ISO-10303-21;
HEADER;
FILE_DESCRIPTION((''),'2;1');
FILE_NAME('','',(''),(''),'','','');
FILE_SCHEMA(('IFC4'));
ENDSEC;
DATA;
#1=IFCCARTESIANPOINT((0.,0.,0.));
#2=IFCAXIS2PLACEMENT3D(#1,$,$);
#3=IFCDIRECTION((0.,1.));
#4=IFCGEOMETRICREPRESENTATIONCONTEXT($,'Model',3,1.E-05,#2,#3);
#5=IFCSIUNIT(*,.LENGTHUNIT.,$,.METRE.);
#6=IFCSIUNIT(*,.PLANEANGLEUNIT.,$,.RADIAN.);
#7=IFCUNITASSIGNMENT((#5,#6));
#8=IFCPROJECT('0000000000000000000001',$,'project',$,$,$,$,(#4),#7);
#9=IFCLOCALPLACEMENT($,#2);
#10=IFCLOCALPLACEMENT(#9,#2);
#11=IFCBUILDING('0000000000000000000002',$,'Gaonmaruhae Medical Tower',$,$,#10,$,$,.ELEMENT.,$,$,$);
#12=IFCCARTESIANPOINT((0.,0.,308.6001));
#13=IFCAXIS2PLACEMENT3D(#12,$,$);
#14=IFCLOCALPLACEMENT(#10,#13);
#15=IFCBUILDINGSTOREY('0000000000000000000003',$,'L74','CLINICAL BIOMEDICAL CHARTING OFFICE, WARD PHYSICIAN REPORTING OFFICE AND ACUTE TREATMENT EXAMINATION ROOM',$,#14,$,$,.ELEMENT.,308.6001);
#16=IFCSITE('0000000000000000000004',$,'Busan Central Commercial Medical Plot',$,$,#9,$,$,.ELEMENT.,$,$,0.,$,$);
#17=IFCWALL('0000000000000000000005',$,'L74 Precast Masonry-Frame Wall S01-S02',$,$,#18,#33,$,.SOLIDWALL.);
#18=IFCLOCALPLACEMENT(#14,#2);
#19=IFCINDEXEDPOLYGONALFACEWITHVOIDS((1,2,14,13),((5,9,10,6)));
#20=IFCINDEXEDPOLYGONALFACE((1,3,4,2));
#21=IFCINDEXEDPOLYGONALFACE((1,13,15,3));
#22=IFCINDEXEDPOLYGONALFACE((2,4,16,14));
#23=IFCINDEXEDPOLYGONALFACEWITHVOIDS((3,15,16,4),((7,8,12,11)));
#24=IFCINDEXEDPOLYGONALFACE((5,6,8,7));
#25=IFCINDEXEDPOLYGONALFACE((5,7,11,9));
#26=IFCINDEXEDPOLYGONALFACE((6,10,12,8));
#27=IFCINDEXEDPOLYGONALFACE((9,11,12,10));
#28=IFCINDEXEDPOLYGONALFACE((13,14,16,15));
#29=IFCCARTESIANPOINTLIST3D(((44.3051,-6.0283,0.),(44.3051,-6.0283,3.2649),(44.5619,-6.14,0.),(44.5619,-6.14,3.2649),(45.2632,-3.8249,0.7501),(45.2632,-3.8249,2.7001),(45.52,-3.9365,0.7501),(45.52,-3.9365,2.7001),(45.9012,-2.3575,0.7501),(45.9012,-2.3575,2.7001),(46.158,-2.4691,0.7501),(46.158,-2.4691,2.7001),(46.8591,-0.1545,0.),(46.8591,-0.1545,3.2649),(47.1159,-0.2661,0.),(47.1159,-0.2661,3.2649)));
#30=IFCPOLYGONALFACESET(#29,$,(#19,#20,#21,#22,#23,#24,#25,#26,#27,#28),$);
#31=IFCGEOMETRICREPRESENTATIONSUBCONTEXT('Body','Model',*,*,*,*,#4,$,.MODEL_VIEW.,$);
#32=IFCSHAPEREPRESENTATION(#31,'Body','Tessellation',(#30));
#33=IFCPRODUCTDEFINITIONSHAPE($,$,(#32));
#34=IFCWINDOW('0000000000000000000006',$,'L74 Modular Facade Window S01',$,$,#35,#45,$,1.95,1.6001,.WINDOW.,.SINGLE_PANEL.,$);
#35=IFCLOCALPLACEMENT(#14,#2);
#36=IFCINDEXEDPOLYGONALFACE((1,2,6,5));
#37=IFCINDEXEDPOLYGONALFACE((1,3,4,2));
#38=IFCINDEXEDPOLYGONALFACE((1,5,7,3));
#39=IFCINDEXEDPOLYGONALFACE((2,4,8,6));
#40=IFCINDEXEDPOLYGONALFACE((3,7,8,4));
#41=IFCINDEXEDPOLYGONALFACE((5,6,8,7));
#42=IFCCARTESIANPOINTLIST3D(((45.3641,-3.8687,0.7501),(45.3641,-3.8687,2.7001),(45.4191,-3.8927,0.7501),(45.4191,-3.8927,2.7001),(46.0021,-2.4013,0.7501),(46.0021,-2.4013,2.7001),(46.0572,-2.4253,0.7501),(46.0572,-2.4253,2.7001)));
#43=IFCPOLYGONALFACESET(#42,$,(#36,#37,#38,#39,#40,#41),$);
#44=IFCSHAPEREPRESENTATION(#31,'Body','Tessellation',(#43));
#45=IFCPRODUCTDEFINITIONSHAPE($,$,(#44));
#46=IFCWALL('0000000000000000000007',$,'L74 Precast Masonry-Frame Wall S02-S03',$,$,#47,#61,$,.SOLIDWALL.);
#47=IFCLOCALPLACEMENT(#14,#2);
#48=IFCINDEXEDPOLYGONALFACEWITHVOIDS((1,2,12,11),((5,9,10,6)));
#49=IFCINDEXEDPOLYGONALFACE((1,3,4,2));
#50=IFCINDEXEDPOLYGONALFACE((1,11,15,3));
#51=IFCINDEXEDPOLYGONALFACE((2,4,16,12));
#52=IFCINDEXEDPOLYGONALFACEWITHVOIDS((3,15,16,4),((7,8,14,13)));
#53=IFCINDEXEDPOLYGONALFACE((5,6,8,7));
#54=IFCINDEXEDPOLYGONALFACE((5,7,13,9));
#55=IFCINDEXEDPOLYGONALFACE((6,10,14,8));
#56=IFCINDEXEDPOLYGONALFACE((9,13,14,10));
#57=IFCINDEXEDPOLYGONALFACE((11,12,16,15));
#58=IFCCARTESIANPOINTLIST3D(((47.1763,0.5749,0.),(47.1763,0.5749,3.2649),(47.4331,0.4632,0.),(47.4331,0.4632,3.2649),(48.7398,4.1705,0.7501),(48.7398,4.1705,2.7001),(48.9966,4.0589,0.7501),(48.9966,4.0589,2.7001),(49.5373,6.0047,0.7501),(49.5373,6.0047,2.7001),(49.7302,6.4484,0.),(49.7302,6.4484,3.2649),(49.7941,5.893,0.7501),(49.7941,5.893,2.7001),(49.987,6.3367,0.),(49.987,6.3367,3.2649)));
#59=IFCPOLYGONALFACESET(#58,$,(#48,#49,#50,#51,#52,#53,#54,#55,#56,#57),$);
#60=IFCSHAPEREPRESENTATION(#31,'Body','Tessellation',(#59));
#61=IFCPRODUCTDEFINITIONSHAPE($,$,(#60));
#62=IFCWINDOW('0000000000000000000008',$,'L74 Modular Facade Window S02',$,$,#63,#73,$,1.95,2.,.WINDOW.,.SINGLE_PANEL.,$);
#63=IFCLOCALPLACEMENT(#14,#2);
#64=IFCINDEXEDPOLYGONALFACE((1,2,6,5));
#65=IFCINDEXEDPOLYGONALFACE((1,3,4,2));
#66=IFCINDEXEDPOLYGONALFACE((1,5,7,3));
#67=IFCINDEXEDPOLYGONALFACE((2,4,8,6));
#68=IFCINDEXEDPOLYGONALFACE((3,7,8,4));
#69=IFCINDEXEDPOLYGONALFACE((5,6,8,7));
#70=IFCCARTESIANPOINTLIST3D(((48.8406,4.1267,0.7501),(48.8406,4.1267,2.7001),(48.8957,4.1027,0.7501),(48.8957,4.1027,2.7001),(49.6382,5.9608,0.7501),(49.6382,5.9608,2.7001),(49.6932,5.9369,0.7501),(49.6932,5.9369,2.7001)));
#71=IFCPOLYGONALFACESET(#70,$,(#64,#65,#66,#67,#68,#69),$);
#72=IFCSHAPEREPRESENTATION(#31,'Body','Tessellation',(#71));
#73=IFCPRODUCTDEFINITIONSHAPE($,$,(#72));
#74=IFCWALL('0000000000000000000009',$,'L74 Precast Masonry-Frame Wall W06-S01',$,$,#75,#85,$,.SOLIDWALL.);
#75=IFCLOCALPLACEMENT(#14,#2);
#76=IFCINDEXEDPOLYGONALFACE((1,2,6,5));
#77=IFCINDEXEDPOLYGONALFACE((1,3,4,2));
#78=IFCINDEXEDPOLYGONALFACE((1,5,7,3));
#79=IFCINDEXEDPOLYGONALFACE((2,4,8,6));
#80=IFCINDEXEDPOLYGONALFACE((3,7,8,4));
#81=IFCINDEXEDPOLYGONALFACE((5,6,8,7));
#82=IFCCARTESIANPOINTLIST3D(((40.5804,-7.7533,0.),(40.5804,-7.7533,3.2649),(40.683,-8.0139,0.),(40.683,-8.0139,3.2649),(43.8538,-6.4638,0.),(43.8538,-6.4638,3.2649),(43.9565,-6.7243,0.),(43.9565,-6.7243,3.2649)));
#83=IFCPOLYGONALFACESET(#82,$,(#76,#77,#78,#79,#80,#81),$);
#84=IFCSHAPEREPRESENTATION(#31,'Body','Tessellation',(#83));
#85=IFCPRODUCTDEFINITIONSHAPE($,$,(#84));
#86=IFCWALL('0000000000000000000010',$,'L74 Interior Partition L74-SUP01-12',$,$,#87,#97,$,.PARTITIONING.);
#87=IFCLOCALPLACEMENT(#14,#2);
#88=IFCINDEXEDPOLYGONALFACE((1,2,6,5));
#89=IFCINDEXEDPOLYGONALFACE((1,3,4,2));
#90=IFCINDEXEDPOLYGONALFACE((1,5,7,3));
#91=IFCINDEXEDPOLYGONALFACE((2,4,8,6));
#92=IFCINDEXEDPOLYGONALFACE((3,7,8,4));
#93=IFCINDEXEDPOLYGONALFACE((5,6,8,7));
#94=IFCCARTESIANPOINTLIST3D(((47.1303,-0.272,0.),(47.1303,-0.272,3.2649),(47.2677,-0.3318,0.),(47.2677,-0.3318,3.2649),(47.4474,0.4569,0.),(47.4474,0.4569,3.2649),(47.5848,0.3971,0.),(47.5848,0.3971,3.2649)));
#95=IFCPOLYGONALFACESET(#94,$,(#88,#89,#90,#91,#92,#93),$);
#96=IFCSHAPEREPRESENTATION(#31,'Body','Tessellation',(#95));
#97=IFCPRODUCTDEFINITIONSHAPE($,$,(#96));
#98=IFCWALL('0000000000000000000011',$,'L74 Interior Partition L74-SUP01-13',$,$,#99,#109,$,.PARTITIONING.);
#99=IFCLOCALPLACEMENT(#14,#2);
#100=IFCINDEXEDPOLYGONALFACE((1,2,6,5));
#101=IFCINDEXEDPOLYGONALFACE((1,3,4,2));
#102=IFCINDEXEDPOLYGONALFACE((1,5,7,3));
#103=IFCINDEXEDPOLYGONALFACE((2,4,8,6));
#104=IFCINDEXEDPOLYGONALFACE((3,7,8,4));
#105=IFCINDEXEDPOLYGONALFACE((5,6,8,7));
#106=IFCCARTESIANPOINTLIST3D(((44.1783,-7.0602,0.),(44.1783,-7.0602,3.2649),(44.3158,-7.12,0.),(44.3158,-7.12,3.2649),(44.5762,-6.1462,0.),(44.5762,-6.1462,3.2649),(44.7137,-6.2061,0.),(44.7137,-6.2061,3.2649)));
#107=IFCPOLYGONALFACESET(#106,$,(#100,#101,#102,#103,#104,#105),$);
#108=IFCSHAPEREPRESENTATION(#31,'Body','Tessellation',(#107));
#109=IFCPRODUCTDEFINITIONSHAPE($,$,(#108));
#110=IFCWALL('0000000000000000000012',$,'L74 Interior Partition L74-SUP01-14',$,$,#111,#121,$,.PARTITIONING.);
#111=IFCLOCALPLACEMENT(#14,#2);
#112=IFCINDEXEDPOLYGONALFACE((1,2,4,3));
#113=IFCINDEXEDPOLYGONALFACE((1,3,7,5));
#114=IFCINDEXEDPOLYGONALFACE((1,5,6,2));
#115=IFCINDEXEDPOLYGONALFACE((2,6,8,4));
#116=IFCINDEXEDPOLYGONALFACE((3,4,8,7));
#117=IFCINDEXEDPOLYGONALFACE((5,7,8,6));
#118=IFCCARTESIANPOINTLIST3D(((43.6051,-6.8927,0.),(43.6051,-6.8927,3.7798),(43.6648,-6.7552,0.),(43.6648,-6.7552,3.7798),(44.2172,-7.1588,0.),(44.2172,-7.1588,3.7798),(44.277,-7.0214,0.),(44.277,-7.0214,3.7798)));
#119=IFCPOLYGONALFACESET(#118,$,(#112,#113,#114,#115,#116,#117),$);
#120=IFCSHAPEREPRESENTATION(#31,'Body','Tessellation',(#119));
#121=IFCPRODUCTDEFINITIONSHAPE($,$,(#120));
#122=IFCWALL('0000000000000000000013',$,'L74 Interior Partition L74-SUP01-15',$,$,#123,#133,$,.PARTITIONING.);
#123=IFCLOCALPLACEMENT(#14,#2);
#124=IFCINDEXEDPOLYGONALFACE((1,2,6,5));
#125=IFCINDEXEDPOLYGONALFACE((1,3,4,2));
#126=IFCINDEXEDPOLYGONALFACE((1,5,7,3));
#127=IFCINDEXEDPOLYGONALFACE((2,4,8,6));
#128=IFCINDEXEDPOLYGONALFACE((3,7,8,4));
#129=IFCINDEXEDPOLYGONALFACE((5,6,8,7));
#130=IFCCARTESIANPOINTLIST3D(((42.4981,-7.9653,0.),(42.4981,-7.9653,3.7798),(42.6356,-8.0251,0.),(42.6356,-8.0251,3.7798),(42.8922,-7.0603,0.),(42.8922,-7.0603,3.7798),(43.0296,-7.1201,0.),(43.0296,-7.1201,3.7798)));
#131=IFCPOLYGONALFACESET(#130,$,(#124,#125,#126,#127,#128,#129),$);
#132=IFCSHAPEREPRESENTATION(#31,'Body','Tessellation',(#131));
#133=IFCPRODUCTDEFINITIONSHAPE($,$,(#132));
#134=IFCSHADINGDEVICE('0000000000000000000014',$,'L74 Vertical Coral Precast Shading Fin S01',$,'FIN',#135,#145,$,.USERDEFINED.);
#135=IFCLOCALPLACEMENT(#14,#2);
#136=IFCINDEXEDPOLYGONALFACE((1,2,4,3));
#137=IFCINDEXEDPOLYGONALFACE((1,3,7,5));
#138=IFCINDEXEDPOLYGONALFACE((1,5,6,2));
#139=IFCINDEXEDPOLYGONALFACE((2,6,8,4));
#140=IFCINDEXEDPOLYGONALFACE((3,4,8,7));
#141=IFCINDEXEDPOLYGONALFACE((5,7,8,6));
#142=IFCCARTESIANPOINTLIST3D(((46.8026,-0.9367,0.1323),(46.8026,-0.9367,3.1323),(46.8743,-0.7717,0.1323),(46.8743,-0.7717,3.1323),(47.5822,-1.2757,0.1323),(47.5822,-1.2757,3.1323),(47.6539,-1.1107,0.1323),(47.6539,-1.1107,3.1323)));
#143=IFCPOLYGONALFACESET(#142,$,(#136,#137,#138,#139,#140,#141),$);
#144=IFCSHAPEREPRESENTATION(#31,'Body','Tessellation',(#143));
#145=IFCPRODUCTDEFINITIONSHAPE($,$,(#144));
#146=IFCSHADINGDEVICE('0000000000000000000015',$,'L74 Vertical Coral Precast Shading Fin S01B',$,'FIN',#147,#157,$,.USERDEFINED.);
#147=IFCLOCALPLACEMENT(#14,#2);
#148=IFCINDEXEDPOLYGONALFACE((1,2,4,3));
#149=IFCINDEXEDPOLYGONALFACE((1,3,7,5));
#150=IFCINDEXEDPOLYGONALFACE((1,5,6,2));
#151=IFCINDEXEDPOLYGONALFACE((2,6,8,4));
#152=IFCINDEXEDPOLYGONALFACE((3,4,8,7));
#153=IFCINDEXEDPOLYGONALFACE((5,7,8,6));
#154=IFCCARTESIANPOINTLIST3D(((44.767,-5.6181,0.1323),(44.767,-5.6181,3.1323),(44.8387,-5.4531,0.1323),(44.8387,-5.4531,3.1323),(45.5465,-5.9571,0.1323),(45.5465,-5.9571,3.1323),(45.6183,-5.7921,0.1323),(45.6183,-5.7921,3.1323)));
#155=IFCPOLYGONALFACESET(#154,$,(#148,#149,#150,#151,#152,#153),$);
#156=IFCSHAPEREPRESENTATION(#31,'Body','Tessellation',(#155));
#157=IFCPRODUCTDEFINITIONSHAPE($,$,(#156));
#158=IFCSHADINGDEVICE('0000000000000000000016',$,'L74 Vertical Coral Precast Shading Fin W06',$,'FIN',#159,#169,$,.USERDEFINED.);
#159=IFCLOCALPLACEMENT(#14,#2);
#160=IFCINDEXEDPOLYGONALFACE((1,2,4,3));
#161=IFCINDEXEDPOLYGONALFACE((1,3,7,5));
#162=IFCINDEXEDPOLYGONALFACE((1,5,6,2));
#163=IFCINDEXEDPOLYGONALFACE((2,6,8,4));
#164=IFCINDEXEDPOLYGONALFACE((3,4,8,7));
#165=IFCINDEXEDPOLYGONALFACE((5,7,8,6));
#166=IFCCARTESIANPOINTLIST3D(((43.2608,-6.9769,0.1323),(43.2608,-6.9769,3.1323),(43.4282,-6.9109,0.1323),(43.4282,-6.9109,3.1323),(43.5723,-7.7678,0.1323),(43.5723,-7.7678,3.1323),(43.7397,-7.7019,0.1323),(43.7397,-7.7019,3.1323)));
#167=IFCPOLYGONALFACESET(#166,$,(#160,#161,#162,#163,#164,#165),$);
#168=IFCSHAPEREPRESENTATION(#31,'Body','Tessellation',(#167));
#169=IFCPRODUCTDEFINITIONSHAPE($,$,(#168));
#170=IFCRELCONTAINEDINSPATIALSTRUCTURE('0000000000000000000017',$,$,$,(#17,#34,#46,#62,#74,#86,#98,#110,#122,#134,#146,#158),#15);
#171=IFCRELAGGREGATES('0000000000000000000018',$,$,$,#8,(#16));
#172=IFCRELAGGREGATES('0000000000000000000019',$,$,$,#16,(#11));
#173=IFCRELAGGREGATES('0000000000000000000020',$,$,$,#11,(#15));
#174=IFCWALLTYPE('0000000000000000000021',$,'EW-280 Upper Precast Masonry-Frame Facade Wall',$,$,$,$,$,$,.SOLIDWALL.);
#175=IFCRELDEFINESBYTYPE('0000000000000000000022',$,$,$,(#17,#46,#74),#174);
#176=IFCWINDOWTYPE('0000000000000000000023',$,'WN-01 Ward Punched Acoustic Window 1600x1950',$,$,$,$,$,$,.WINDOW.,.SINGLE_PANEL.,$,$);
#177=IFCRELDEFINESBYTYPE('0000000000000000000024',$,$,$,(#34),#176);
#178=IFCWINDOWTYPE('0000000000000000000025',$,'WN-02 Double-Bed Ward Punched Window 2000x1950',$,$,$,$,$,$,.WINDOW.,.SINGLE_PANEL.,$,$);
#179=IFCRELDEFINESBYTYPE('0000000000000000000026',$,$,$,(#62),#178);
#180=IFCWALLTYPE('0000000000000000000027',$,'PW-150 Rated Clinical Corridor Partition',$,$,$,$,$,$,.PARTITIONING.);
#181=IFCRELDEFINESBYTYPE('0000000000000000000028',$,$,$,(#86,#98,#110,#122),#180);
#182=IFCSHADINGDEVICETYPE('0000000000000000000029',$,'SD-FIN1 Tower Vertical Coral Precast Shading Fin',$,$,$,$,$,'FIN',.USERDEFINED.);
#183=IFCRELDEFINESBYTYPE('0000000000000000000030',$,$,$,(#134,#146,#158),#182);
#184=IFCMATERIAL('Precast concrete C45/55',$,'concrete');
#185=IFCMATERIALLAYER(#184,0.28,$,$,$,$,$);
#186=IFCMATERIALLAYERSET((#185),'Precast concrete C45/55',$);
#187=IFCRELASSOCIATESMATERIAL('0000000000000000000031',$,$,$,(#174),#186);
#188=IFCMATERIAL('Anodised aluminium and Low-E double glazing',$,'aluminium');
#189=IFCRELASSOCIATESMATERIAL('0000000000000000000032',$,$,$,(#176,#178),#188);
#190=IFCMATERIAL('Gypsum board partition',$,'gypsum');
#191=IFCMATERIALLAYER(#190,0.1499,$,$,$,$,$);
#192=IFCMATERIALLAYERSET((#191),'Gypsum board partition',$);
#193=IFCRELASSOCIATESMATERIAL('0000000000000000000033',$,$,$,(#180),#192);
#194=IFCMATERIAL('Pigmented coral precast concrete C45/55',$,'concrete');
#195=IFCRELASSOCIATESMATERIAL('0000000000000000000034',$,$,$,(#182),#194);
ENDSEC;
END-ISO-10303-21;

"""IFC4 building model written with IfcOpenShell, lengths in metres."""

from ifc_helpers import new_model, si_unit, direction, frame, frame_2d, origin, origin_2d, place, context, subcontext, project, spatial, rectangle, extrude, material, layer, layer_set, type_object, element, fill, save


model = new_model("IFC4")

# Units and contexts
model_context = context("Model", 3, precision=1e-05, world=origin(), true_north=direction((0.0, 1.0)))
body_context = subcontext(model_context, "Body", "Model", "MODEL_VIEW")
ifc_project = project(units=[si_unit("LENGTHUNIT", "METRE"), si_unit("PLANEANGLEUNIT", "RADIAN")], contexts=[model_context])

# Site, building, storey
site_placement = place(None, origin())
site = spatial("IfcSite", under=ifc_project, at=site_placement, Name="Busan Central Commercial Medical Plot", CompositionType="ELEMENT", RefElevation=0.0)
building_placement = place(site_placement, origin())
building = spatial("IfcBuilding", under=site, at=building_placement, Name="Gaonmaruhae Medical Tower", CompositionType="ELEMENT")
storey_placement = place(building_placement, frame((0.0, 0.0, 308.6001)))
storey = spatial("IfcBuildingStorey", under=building, at=storey_placement, Name="L74", Description="CLINICAL BIOMEDICAL CHARTING OFFICE, WARD PHYSICIAN REPORTING OFFICE AND ACUTE TREATMENT EXAMINATION ROOM", CompositionType="ELEMENT", Elevation=308.6001)

# Walls, openings, windows
ifc_material_1 = material(Name="Precast concrete C45/55", Category="concrete")
ifc_layer_1 = layer(ifc_material_1, 0.28)
ifc_layer_set_1 = layer_set([ifc_layer_1], Name="Precast concrete C45/55")
wall_type_1 = type_object("IfcWallType", Name="EW-280 Upper Precast Masonry-Frame Facade Wall", PredefinedType="SOLIDWALL", material=ifc_layer_set_1)
wall_1_placement = place(storey_placement, frame((46.9875, -0.2102, 0.0), z_axis=(0.0, 0.0, 1.0), x_axis=(-0.398744, -0.917062, 0.0)))
wall_1 = element("IfcWall", 1, at=wall_1_placement, inside=storey, type_object=wall_type_1, Name="L74 Precast Masonry-Frame Wall S01-S02", PredefinedType="SOLIDWALL", context=body_context, shape_type="SweptSolid", body=[
    extrude(rectangle(XDim=6.405, YDim=0.28, at=frame_2d((3.2026, 0.0))), origin(), (0.0, 0.0, 1.0), 3.2649),
])
opening_1_placement = place(wall_1_placement, frame((2.4023, 0.0, 0.75)))
opening_1 = element("IfcOpeningElement", 2, at=opening_1_placement, cuts=wall_1, PredefinedType="OPENING", context=body_context, shape_type="SweptSolid", body=[
    extrude(rectangle(XDim=1.6001, YDim=1.95, at=frame_2d((0.8, 0.9751))), frame((0.0, 0.1499, 0.0), z_axis=(0.0, -1.0, 0.0), x_axis=(1.0, 0.0, 0.0)), (0.0, 0.0, 1.0), 0.3),
])
ifc_material_2 = material(Name="Anodised aluminium and Low-E double glazing", Category="aluminium")
window_type_1 = type_object("IfcWindowType", Name="WN-01 Ward Punched Acoustic Window 1600x1950", PartitioningType="SINGLE_PANEL", PredefinedType="WINDOW", material=ifc_material_2)
window_1_placement = place(opening_1_placement, origin())
window_1 = element("IfcWindow", 3, at=window_1_placement, inside=storey, type_object=window_type_1, Name="L74 Modular Facade Window S01", OverallHeight=1.95, OverallWidth=1.6001, PartitioningType="SINGLE_PANEL", PredefinedType="WINDOW", context=body_context, shape_type="SweptSolid", body=[
    extrude(rectangle(XDim=1.6001, YDim=1.95, at=frame_2d((0.8, 0.9751))), frame((0.0, 0.03, 0.0), z_axis=(0.0, -1.0, 0.0), x_axis=(1.0, 0.0, 0.0)), (0.0, 0.0, 1.0), 0.0601),
])
fill(opening_1, window_1)
wall_2_placement = place(storey_placement, frame((49.8586, 6.3926, 0.0), z_axis=(0.0, 0.0, 1.0), x_axis=(-0.398758, -0.917056, 0.0)))
wall_2 = element("IfcWall", 4, at=wall_2_placement, inside=storey, type_object=wall_type_1, Name="L74 Precast Masonry-Frame Wall S02-S03", PredefinedType="SOLIDWALL", context=body_context, shape_type="SweptSolid", body=[
    extrude(rectangle(XDim=6.4048, YDim=0.28, at=frame_2d((3.2024, 0.0))), origin(), (0.0, 0.0, 1.0), 3.2649),
])
opening_2_placement = place(wall_2_placement, frame((0.4839, 0.0, 0.75)))
opening_2 = element("IfcOpeningElement", 5, at=opening_2_placement, cuts=wall_2, PredefinedType="OPENING", context=body_context, shape_type="SweptSolid", body=[
    extrude(rectangle(XDim=2.0, YDim=1.95, at=frame_2d((1.0, 0.9751))), frame((0.0, 0.1499, 0.0), z_axis=(0.0, -1.0, 0.0), x_axis=(1.0, 0.0, 0.0)), (0.0, 0.0, 1.0), 0.3),
])
window_type_2 = type_object("IfcWindowType", Name="WN-02 Double-Bed Ward Punched Window 2000x1950", PartitioningType="SINGLE_PANEL", PredefinedType="WINDOW", material=ifc_material_2)
window_2_placement = place(opening_2_placement, origin())
window_2 = element("IfcWindow", 6, at=window_2_placement, inside=storey, type_object=window_type_2, Name="L74 Modular Facade Window S02", OverallHeight=1.95, OverallWidth=2.0, PartitioningType="SINGLE_PANEL", PredefinedType="WINDOW", context=body_context, shape_type="SweptSolid", body=[
    extrude(rectangle(XDim=2.0, YDim=1.95, at=frame_2d((1.0, 0.9751))), frame((0.0, 0.03, 0.0), z_axis=(0.0, -1.0, 0.0), x_axis=(1.0, 0.0, 0.0)), (0.0, 0.0, 1.0), 0.0601),
])
fill(opening_2, window_2)

# Walls
wall_3_placement = place(storey_placement, frame((43.9053, -6.594, 0.0), z_axis=(0.0, 0.0, 1.0), x_axis=(-0.930407, -0.366528, 0.0)))
element("IfcWall", 7, at=wall_3_placement, inside=storey, type_object=wall_type_1, Name="L74 Precast Masonry-Frame Wall W06-S01", PredefinedType="SOLIDWALL", context=body_context, shape_type="SweptSolid", body=[
    extrude(rectangle(XDim=3.5183, YDim=0.28, at=frame_2d((1.7593, 0.0))), origin(), (0.0, 0.0, 1.0), 3.2649),
])
ifc_material_3 = material(Name="Gypsum board partition", Category="gypsum")
ifc_layer_2 = layer(ifc_material_3, 0.1499)
ifc_layer_set_2 = layer_set([ifc_layer_2], Name="Gypsum board partition")
wall_type_2 = type_object("IfcWallType", Name="PW-150 Rated Clinical Corridor Partition", PredefinedType="PARTITIONING", material=ifc_layer_set_2)
wall_4_placement = place(storey_placement, frame((47.5161, 0.427, 0.0), z_axis=(0.0, 0.0, 1.0), x_axis=(-0.398917, -0.916987, 0.0)))
element("IfcWall", 8, at=wall_4_placement, inside=storey, type_object=wall_type_2, Name="L74 Interior Partition L74-SUP01-12", PredefinedType="PARTITIONING", context=body_context, shape_type="SweptSolid", body=[
    extrude(rectangle(XDim=0.7949, YDim=0.1499, at=frame_2d((0.3975, 0.0))), origin(), (0.0, 0.0, 1.0), 3.2649),
])
wall_5_placement = place(storey_placement, frame((44.645, -6.176, 0.0), z_axis=(0.0, 0.0, 1.0), x_axis=(-0.399174, -0.916875, 0.0)))
element("IfcWall", 9, at=wall_5_placement, inside=storey, type_object=wall_type_2, Name="L74 Interior Partition L74-SUP01-13", PredefinedType="PARTITIONING", context=body_context, shape_type="SweptSolid", body=[
    extrude(rectangle(XDim=0.9968, YDim=0.1499, at=frame_2d((0.4985, 0.0))), origin(), (0.0, 0.0, 1.0), 3.2649),
])
wall_6_placement = place(storey_placement, frame((44.2471, -7.0901, 0.0), z_axis=(0.0, 0.0, 1.0), x_axis=(-0.91707, 0.398726, 0.0)))
element("IfcWall", 10, at=wall_6_placement, inside=storey, type_object=wall_type_2, Name="L74 Interior Partition L74-SUP01-14", PredefinedType="PARTITIONING", context=body_context, shape_type="SweptSolid", body=[
    extrude(rectangle(XDim=0.6675, YDim=0.1499, at=frame_2d((0.3337, 0.0))), origin(), (0.0, 0.0, 1.0), 3.7798),
])
wall_7_placement = place(storey_placement, frame((42.9609, -7.0901, 0.0), z_axis=(0.0, 0.0, 1.0), x_axis=(-0.399196, -0.916865, 0.0)))
element("IfcWall", 11, at=wall_7_placement, inside=storey, type_object=wall_type_2, Name="L74 Interior Partition L74-SUP01-15", PredefinedType="PARTITIONING", context=body_context, shape_type="SweptSolid", body=[
    extrude(rectangle(XDim=0.9871, YDim=0.1499, at=frame_2d((0.4937, 0.0))), origin(), (0.0, 0.0, 1.0), 3.7798),
])

# Shading devices
ifc_material_4 = material(Name="Pigmented coral precast concrete C45/55", Category="concrete")
shading_device_type = type_object("IfcShadingDeviceType", Name="SD-FIN1 Tower Vertical Coral Precast Shading Fin", ElementType="FIN", PredefinedType="USERDEFINED", material=ifc_material_4)
for number, where, z_axis, x_axis, name in (
    (12, (47.2283, -1.0237, 0.1323), (0.0, 0.0, 1.0), (-0.398749, -0.91706, 0.0), "L74 Vertical Coral Precast Shading Fin S01"),
    (13, (45.1926, -5.7051, 0.1323), (0.0, 0.0, 1.0), (-0.398749, -0.91706, 0.0), "L74 Vertical Coral Precast Shading Fin S01B"),
    (14, (43.5002, -7.3394, 0.1323), (0.0, 0.0, 1.0), (-0.930411, -0.366517, 0.0), "L74 Vertical Coral Precast Shading Fin W06"),
):
    element("IfcShadingDevice", number, at=place(storey_placement, frame(where, z_axis=z_axis, x_axis=x_axis)), inside=storey, type_object=shading_device_type, Name=name, ObjectType="FIN", PredefinedType="USERDEFINED", context=body_context, shape_type="SweptSolid", body=[
        extrude(rectangle(XDim=0.1799, YDim=0.8501, at=origin_2d()), origin(), (0.0, 0.0, 1.0), 3.0),
    ])

save(model, "model.ifc")
